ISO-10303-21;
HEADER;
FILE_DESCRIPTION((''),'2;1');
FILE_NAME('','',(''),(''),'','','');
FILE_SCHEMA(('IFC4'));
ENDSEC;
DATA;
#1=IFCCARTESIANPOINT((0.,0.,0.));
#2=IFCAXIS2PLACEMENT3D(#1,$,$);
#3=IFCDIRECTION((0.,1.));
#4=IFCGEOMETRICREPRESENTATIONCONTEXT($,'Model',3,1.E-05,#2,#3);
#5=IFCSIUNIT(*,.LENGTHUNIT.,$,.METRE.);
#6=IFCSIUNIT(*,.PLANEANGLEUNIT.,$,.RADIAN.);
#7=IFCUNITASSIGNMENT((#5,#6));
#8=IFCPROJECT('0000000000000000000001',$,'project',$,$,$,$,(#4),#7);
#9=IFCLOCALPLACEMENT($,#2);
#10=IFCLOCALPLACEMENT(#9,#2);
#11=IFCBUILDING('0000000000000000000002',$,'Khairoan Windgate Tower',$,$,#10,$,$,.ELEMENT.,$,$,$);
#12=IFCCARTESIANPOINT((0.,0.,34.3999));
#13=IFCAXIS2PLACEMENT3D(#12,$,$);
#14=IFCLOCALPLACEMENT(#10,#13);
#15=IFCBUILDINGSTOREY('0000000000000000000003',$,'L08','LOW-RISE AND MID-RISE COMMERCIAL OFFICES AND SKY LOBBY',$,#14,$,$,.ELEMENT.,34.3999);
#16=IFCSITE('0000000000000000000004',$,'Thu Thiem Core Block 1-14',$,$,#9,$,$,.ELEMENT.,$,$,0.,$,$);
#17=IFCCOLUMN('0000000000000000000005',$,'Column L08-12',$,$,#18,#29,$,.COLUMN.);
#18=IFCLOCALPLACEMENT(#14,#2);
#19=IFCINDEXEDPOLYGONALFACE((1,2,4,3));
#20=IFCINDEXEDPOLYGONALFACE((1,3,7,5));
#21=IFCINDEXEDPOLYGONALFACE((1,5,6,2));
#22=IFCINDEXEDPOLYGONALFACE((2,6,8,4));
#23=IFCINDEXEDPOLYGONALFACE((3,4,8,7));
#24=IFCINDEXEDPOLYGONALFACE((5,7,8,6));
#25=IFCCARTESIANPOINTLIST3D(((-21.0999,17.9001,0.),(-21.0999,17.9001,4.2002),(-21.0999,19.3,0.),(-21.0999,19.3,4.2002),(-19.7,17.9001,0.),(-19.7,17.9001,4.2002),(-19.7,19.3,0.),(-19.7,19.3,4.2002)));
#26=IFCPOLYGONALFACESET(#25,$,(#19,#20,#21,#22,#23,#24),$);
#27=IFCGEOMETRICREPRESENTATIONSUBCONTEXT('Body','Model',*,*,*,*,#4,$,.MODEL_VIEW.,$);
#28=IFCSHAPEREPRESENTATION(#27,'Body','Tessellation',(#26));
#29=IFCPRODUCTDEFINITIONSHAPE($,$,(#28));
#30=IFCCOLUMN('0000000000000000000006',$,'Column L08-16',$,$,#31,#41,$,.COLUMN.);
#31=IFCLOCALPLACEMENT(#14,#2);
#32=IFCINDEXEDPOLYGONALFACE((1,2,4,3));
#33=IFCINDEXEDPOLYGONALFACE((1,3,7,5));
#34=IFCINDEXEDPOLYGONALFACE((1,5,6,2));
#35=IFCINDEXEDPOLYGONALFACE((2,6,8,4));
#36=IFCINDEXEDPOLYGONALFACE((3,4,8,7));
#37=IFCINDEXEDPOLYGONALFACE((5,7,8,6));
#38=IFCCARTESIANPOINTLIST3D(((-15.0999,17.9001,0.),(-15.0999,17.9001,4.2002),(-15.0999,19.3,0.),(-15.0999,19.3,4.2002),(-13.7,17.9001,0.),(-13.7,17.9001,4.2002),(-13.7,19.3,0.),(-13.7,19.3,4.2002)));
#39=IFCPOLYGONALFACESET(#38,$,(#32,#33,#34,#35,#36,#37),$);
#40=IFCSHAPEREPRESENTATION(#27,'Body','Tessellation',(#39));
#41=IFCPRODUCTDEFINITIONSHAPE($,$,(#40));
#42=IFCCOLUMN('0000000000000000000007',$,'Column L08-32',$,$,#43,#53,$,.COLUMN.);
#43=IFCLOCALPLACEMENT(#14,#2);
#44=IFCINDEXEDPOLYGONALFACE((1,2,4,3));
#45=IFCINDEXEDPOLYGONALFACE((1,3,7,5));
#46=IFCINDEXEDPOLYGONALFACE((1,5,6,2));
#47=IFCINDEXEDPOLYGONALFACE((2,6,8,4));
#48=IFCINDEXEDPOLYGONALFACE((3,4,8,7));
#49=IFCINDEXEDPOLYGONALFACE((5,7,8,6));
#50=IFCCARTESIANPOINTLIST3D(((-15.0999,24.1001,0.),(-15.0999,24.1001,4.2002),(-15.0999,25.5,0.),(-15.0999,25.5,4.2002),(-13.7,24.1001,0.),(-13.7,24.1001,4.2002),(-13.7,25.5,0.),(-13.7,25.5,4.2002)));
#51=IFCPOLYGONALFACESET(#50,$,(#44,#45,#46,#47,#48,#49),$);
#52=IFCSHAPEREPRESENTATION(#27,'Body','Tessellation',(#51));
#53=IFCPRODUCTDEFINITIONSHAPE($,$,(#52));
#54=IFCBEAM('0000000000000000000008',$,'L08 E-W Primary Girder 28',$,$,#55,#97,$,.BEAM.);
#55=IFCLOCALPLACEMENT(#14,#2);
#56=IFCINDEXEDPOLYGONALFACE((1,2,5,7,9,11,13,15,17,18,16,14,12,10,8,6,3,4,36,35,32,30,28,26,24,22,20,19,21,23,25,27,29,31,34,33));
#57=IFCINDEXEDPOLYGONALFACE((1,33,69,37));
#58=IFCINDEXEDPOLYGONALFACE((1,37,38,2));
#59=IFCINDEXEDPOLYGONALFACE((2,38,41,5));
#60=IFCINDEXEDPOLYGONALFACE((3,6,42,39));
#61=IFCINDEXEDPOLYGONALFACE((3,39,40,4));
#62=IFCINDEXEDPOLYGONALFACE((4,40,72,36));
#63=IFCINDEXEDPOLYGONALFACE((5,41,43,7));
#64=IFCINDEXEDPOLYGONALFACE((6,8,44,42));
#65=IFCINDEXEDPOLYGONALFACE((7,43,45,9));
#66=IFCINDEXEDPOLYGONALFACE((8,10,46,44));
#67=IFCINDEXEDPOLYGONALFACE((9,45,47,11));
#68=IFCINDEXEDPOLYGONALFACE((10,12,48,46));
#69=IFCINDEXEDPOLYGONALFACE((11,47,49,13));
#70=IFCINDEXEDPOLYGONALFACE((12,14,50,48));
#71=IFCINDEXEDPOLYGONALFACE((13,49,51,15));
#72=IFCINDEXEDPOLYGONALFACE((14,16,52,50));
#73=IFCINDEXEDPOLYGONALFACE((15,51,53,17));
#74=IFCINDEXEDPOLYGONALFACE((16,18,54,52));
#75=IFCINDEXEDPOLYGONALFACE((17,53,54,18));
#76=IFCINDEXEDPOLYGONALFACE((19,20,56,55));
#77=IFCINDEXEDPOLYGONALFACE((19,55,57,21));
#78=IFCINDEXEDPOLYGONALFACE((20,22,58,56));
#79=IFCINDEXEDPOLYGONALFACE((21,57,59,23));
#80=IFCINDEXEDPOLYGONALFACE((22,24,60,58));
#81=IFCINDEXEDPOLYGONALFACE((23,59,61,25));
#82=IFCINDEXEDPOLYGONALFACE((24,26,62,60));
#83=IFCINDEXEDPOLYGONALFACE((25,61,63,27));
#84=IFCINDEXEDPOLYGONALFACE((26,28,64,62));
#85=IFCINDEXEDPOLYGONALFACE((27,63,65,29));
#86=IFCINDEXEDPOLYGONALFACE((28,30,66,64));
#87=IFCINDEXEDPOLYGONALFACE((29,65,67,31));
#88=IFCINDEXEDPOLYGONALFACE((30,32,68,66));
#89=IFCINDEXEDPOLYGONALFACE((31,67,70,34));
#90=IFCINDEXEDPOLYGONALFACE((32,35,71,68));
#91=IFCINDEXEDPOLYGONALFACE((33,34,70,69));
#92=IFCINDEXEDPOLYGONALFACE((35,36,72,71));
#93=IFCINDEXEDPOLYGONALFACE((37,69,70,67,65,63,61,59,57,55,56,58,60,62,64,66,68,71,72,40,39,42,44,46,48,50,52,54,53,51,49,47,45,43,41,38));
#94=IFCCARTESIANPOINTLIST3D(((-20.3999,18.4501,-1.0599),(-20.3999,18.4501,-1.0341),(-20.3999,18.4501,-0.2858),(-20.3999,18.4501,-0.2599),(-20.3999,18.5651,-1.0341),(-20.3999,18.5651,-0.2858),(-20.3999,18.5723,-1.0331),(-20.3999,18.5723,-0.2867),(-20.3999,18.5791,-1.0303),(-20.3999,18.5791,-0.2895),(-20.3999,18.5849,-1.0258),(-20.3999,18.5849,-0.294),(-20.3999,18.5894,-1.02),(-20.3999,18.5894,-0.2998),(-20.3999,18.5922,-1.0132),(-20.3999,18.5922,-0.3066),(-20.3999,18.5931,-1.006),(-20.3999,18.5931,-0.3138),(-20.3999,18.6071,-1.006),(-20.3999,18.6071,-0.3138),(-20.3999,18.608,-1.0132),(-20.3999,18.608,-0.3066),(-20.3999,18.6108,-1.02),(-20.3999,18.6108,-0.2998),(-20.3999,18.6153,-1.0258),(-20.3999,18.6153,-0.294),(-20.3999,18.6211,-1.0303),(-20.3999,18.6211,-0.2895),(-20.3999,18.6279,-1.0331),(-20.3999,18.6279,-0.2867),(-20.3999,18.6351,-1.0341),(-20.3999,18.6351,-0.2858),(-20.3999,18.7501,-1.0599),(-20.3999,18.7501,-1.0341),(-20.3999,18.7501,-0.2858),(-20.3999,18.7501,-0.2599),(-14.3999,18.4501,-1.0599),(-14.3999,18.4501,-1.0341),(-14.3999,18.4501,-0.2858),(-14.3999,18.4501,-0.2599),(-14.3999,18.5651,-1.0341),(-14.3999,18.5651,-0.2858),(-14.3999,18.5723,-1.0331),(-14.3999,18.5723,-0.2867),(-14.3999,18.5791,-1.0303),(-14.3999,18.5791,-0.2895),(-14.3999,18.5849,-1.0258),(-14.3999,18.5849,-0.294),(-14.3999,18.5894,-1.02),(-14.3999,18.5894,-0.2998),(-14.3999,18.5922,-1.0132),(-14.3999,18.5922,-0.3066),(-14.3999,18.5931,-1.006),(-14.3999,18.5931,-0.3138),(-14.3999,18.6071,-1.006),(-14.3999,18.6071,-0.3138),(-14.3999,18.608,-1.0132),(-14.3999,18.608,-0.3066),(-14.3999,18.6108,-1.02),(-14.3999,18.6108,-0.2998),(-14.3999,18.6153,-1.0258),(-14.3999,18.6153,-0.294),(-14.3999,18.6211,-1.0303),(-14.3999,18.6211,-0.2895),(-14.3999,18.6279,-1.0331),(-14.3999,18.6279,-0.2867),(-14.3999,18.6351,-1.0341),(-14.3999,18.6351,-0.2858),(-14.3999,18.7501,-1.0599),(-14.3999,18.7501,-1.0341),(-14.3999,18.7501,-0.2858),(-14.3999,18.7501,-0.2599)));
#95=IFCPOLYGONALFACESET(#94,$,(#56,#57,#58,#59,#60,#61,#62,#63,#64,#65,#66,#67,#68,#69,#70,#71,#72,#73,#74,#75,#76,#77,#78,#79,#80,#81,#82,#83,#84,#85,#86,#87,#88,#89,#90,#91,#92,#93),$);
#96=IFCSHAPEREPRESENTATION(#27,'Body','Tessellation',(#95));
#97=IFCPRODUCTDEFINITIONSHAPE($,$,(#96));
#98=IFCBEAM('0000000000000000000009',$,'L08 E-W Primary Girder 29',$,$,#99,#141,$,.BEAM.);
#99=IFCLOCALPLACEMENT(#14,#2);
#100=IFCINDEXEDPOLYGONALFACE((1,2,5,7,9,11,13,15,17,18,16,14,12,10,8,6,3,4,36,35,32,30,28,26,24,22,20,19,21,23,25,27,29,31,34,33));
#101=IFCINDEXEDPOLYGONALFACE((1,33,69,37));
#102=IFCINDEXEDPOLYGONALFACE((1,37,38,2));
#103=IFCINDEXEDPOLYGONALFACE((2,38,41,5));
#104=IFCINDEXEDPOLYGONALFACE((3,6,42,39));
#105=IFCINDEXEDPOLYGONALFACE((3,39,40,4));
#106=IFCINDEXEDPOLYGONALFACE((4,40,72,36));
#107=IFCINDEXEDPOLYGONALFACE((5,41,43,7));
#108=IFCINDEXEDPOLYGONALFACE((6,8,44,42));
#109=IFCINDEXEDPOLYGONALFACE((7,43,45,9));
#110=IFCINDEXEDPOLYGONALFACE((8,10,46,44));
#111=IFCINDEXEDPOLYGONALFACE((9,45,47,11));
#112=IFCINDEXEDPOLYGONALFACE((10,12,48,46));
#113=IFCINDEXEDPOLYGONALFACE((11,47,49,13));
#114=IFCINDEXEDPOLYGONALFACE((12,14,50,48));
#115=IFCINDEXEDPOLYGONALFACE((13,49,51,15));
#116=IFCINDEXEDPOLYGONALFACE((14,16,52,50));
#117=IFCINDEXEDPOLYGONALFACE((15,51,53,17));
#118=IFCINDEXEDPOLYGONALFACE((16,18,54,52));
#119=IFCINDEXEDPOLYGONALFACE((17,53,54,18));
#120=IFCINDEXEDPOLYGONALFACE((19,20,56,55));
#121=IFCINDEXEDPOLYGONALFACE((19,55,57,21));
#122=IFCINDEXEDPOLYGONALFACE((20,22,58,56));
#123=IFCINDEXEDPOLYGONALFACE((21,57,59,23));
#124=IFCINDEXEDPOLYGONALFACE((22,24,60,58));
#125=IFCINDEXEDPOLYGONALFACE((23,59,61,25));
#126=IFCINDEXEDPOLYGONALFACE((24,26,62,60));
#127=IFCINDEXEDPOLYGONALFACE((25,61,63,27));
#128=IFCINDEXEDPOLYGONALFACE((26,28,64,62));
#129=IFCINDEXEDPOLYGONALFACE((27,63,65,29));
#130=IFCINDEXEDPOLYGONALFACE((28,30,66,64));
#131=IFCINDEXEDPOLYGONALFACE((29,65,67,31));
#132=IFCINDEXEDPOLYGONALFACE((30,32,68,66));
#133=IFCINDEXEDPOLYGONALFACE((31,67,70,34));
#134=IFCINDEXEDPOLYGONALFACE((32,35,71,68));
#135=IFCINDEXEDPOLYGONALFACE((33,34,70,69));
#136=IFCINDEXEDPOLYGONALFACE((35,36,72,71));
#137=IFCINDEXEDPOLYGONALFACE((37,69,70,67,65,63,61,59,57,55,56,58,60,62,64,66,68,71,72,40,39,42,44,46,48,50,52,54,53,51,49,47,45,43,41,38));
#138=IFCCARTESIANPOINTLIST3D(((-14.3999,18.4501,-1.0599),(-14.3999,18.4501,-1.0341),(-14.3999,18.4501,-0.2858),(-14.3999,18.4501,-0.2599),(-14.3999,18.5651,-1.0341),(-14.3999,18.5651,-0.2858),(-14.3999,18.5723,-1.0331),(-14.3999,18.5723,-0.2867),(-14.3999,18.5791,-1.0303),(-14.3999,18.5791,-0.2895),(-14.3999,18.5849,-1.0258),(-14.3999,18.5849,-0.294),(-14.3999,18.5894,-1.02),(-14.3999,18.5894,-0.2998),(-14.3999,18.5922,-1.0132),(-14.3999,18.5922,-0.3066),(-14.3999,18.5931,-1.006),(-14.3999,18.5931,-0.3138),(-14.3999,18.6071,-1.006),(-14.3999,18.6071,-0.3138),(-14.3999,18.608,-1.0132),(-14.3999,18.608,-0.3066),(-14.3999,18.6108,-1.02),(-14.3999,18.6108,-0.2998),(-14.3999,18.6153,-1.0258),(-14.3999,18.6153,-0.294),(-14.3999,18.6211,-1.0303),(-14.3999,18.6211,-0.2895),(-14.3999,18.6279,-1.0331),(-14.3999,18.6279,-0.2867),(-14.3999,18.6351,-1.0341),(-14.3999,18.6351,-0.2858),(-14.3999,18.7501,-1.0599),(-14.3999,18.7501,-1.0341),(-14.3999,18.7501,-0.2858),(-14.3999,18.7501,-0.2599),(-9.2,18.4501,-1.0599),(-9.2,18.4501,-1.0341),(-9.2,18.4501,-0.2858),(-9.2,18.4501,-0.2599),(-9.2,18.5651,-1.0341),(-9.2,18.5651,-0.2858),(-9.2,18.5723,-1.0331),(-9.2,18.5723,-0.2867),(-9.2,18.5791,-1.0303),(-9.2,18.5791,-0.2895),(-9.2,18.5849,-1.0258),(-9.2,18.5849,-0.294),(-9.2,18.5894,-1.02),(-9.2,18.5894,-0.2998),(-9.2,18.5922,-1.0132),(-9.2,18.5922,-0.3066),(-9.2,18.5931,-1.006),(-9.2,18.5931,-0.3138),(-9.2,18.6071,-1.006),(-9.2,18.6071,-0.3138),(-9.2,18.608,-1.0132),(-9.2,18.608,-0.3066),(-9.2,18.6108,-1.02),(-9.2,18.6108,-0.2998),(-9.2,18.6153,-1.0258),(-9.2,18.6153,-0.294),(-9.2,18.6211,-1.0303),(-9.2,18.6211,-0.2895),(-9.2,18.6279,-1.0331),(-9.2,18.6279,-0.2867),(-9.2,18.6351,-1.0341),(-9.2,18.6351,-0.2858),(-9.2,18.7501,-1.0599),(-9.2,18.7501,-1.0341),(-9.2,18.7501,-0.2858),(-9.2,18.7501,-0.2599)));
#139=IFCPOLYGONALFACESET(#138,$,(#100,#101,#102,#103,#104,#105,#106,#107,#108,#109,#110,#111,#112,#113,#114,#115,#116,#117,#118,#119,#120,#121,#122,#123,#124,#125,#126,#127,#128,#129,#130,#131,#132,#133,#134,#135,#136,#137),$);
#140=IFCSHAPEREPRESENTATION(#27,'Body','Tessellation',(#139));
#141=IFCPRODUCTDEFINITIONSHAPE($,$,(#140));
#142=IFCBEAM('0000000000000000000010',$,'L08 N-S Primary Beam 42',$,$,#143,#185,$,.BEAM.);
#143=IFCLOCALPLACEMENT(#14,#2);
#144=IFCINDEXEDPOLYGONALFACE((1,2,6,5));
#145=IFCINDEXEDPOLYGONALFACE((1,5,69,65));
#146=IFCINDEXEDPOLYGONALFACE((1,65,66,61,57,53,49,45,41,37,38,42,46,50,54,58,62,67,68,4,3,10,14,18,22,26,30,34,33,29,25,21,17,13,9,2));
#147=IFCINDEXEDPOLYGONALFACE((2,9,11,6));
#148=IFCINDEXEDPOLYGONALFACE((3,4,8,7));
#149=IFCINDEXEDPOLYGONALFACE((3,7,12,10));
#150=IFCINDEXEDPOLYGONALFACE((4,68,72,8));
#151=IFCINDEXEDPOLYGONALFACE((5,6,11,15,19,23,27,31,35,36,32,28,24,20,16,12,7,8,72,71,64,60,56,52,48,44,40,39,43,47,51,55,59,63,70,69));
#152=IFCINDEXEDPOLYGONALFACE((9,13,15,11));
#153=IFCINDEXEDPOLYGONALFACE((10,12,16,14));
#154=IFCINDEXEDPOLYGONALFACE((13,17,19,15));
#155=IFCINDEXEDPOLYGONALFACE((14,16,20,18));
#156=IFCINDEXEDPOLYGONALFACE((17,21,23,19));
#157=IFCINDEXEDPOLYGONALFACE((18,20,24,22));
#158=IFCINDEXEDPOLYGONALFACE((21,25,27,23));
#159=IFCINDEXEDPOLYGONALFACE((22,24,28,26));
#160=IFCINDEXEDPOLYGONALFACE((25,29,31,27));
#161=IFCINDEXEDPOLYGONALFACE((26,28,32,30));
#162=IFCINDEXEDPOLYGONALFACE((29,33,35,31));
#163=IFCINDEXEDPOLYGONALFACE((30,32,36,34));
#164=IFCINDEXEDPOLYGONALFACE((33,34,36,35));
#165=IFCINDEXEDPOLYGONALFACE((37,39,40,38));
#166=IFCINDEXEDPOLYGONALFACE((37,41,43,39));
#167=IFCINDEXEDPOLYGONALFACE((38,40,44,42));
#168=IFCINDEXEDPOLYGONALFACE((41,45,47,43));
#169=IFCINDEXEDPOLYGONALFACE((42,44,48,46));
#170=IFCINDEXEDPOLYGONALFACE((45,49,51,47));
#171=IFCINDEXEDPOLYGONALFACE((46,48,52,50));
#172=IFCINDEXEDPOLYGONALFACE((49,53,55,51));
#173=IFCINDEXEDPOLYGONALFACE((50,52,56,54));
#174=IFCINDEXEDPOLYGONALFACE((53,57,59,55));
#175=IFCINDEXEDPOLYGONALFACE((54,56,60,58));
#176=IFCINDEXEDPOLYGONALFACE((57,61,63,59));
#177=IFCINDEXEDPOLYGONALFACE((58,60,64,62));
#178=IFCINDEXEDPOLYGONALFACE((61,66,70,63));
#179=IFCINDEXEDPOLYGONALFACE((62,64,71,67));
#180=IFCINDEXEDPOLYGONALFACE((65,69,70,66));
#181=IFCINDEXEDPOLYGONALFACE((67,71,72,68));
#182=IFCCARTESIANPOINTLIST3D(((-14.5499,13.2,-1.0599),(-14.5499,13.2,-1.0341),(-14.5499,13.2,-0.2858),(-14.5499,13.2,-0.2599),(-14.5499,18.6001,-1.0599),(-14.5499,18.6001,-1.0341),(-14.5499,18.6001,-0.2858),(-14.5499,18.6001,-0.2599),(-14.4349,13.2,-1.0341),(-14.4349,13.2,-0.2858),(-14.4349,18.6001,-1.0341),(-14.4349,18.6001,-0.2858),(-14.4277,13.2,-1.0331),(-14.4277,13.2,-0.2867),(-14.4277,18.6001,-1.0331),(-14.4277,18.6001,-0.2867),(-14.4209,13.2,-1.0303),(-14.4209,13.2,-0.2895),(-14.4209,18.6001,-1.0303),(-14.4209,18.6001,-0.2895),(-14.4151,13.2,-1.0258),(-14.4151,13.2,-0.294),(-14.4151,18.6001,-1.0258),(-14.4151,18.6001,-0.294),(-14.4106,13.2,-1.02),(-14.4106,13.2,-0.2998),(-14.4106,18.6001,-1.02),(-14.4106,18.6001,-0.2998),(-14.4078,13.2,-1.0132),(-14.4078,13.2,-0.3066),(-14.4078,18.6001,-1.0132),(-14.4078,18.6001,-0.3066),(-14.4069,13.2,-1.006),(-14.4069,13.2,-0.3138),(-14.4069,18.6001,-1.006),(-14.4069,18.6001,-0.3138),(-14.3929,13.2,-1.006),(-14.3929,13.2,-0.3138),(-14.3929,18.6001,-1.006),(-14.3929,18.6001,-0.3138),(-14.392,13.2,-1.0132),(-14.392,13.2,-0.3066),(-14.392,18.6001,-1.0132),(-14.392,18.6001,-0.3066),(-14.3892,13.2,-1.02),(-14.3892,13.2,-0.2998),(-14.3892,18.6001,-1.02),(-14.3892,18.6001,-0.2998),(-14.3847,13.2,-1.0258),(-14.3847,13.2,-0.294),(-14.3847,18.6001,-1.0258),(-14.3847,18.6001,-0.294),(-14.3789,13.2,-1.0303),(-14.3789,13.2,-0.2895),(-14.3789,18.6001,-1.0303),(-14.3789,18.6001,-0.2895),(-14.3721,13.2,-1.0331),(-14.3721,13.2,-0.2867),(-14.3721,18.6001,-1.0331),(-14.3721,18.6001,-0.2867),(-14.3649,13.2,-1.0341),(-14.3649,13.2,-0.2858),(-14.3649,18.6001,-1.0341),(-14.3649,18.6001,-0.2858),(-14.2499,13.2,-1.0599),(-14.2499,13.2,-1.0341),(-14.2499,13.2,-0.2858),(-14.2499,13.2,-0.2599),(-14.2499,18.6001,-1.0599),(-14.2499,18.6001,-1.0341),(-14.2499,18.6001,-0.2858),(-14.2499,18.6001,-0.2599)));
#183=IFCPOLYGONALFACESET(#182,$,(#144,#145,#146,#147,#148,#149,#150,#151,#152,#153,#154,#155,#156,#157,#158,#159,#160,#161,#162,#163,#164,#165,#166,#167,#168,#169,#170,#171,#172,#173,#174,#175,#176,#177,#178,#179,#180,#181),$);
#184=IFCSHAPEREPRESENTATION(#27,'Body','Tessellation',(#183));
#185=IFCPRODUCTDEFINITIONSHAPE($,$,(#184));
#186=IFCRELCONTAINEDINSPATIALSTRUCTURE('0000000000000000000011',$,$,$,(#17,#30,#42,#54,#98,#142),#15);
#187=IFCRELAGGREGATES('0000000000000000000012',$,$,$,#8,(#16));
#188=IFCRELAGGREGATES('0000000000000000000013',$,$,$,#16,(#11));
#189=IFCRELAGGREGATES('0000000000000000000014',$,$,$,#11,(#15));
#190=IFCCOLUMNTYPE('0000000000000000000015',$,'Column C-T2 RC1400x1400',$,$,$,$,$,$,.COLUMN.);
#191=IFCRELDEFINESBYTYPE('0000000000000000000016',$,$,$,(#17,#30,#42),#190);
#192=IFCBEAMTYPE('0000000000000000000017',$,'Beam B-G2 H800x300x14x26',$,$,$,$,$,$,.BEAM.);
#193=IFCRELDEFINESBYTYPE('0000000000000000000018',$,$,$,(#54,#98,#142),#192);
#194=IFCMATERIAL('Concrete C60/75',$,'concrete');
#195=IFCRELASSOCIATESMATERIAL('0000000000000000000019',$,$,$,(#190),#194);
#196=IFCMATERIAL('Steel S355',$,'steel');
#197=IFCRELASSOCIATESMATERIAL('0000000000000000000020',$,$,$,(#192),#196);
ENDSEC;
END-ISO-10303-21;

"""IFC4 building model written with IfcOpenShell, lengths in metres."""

from ifc_helpers import new_model, si_unit, direction, frame, origin, origin_2d, place, context, subcontext, project, spatial, rectangle, i_section, extrude, material, material_profile, profile_set, type_object, element, save


model = new_model("IFC4")

# Units and contexts
model_context = context("Model", 3, precision=1e-05, world=origin(), true_north=direction((0.0, 1.0)))
body_context = subcontext(model_context, "Body", "Model", "MODEL_VIEW")
ifc_project = project(units=[si_unit("LENGTHUNIT", "METRE"), si_unit("PLANEANGLEUNIT", "RADIAN")], contexts=[model_context])

# Site, building, storey
site_placement = place(None, origin())
site = spatial("IfcSite", under=ifc_project, at=site_placement, Name="Thu Thiem Core Block 1-14", CompositionType="ELEMENT", RefElevation=0.0)
building_placement = place(site_placement, origin())
building = spatial("IfcBuilding", under=site, at=building_placement, Name="Khairoan Windgate Tower", CompositionType="ELEMENT")
storey_placement = place(building_placement, frame((0.0, 0.0, 34.3999)))
storey = spatial("IfcBuildingStorey", under=building, at=storey_placement, Name="L08", Description="LOW-RISE AND MID-RISE COMMERCIAL OFFICES AND SKY LOBBY", CompositionType="ELEMENT", Elevation=34.3999)

# Columns
ifc_material_1 = material(Name="Concrete C60/75", Category="concrete")
ifc_material_profile_1 = material_profile(ifc_material_1, rectangle(XDim=1.3999, YDim=1.3999, at=origin_2d()))
ifc_profile_set_1 = profile_set([ifc_material_profile_1], Name="Concrete C60/75")
column_type = type_object("IfcColumnType", Name="Column C-T2 RC1400x1400", PredefinedType="COLUMN", material=ifc_profile_set_1)
for number, where, z_axis, x_axis, name in (
    (1, (-20.3999, 18.6001, 0.0), (0.0, 0.0, 1.0), (1.0, 0.0, 0.0), "Column L08-12"),
    (2, (-14.3999, 18.6001, 0.0), (0.0, 0.0, 1.0), (1.0, 0.0, 0.0), "Column L08-16"),
    (3, (-14.3999, 24.8, 0.0), (0.0, 0.0, 1.0), (1.0, 0.0, 0.0), "Column L08-32"),
):
    element("IfcColumn", number, at=place(storey_placement, frame(where, z_axis=z_axis, x_axis=x_axis)), inside=storey, type_object=column_type, Name=name, PredefinedType="COLUMN", context=body_context, shape_type="SweptSolid", body=[
        extrude(rectangle(XDim=1.3999, YDim=1.3999, at=origin_2d()), origin(), (0.0, 0.0, 1.0), 4.2002),
    ])

# Beams
ifc_material_2 = material(Name="Steel S355", Category="steel")
ifc_material_profile_2 = material_profile(ifc_material_2, i_section(OverallWidth=0.3, OverallDepth=0.8, WebThickness=0.0139, FlangeThickness=0.0259, FilletRadius=0.0281, at=origin_2d()))
ifc_profile_set_2 = profile_set([ifc_material_profile_2], Name="Steel S355")
beam_type_1 = type_object("IfcBeamType", Name="Beam B-G2 H800x300x14x26", PredefinedType="BEAM", material=ifc_profile_set_2)
beam_1_placement = place(storey_placement, frame((-20.3999, 18.6001, -0.6599), z_axis=(1.0, 0.0, 0.0), x_axis=(0.0, 1.0, 0.0)))
element("IfcBeam", 4, at=beam_1_placement, inside=storey, type_object=beam_type_1, Name="L08 E-W Primary Girder 28", PredefinedType="BEAM", context=body_context, shape_type="SweptSolid", body=[
    extrude(i_section(OverallWidth=0.3, OverallDepth=0.8, WebThickness=0.0139, FlangeThickness=0.0259, FilletRadius=0.0281, at=origin_2d()), origin(), (0.0, 0.0, 1.0), 6.0),
])
beam_2_placement = place(storey_placement, frame((-14.3999, 18.6001, -0.6599), z_axis=(1.0, 0.0, 0.0), x_axis=(0.0, 1.0, 0.0)))
element("IfcBeam", 5, at=beam_2_placement, inside=storey, type_object=beam_type_1, Name="L08 E-W Primary Girder 29", PredefinedType="BEAM", context=body_context, shape_type="SweptSolid", body=[
    extrude(i_section(OverallWidth=0.3, OverallDepth=0.8, WebThickness=0.0139, FlangeThickness=0.0259, FilletRadius=0.0281, at=origin_2d()), origin(), (0.0, 0.0, 1.0), 5.2),
])
beam_3_placement = place(storey_placement, frame((-14.3999, 13.2, -0.6599), z_axis=(0.0, 1.0, 0.0), x_axis=(-1.0, 0.0, 0.0)))
element("IfcBeam", 6, at=beam_3_placement, inside=storey, type_object=beam_type_1, Name="L08 N-S Primary Beam 42", PredefinedType="BEAM", context=body_context, shape_type="SweptSolid", body=[
    extrude(i_section(OverallWidth=0.3, OverallDepth=0.8, WebThickness=0.0139, FlangeThickness=0.0259, FilletRadius=0.0281, at=origin_2d()), origin(), (0.0, 0.0, 1.0), 5.4001),
])

save(model, "model.ifc")
